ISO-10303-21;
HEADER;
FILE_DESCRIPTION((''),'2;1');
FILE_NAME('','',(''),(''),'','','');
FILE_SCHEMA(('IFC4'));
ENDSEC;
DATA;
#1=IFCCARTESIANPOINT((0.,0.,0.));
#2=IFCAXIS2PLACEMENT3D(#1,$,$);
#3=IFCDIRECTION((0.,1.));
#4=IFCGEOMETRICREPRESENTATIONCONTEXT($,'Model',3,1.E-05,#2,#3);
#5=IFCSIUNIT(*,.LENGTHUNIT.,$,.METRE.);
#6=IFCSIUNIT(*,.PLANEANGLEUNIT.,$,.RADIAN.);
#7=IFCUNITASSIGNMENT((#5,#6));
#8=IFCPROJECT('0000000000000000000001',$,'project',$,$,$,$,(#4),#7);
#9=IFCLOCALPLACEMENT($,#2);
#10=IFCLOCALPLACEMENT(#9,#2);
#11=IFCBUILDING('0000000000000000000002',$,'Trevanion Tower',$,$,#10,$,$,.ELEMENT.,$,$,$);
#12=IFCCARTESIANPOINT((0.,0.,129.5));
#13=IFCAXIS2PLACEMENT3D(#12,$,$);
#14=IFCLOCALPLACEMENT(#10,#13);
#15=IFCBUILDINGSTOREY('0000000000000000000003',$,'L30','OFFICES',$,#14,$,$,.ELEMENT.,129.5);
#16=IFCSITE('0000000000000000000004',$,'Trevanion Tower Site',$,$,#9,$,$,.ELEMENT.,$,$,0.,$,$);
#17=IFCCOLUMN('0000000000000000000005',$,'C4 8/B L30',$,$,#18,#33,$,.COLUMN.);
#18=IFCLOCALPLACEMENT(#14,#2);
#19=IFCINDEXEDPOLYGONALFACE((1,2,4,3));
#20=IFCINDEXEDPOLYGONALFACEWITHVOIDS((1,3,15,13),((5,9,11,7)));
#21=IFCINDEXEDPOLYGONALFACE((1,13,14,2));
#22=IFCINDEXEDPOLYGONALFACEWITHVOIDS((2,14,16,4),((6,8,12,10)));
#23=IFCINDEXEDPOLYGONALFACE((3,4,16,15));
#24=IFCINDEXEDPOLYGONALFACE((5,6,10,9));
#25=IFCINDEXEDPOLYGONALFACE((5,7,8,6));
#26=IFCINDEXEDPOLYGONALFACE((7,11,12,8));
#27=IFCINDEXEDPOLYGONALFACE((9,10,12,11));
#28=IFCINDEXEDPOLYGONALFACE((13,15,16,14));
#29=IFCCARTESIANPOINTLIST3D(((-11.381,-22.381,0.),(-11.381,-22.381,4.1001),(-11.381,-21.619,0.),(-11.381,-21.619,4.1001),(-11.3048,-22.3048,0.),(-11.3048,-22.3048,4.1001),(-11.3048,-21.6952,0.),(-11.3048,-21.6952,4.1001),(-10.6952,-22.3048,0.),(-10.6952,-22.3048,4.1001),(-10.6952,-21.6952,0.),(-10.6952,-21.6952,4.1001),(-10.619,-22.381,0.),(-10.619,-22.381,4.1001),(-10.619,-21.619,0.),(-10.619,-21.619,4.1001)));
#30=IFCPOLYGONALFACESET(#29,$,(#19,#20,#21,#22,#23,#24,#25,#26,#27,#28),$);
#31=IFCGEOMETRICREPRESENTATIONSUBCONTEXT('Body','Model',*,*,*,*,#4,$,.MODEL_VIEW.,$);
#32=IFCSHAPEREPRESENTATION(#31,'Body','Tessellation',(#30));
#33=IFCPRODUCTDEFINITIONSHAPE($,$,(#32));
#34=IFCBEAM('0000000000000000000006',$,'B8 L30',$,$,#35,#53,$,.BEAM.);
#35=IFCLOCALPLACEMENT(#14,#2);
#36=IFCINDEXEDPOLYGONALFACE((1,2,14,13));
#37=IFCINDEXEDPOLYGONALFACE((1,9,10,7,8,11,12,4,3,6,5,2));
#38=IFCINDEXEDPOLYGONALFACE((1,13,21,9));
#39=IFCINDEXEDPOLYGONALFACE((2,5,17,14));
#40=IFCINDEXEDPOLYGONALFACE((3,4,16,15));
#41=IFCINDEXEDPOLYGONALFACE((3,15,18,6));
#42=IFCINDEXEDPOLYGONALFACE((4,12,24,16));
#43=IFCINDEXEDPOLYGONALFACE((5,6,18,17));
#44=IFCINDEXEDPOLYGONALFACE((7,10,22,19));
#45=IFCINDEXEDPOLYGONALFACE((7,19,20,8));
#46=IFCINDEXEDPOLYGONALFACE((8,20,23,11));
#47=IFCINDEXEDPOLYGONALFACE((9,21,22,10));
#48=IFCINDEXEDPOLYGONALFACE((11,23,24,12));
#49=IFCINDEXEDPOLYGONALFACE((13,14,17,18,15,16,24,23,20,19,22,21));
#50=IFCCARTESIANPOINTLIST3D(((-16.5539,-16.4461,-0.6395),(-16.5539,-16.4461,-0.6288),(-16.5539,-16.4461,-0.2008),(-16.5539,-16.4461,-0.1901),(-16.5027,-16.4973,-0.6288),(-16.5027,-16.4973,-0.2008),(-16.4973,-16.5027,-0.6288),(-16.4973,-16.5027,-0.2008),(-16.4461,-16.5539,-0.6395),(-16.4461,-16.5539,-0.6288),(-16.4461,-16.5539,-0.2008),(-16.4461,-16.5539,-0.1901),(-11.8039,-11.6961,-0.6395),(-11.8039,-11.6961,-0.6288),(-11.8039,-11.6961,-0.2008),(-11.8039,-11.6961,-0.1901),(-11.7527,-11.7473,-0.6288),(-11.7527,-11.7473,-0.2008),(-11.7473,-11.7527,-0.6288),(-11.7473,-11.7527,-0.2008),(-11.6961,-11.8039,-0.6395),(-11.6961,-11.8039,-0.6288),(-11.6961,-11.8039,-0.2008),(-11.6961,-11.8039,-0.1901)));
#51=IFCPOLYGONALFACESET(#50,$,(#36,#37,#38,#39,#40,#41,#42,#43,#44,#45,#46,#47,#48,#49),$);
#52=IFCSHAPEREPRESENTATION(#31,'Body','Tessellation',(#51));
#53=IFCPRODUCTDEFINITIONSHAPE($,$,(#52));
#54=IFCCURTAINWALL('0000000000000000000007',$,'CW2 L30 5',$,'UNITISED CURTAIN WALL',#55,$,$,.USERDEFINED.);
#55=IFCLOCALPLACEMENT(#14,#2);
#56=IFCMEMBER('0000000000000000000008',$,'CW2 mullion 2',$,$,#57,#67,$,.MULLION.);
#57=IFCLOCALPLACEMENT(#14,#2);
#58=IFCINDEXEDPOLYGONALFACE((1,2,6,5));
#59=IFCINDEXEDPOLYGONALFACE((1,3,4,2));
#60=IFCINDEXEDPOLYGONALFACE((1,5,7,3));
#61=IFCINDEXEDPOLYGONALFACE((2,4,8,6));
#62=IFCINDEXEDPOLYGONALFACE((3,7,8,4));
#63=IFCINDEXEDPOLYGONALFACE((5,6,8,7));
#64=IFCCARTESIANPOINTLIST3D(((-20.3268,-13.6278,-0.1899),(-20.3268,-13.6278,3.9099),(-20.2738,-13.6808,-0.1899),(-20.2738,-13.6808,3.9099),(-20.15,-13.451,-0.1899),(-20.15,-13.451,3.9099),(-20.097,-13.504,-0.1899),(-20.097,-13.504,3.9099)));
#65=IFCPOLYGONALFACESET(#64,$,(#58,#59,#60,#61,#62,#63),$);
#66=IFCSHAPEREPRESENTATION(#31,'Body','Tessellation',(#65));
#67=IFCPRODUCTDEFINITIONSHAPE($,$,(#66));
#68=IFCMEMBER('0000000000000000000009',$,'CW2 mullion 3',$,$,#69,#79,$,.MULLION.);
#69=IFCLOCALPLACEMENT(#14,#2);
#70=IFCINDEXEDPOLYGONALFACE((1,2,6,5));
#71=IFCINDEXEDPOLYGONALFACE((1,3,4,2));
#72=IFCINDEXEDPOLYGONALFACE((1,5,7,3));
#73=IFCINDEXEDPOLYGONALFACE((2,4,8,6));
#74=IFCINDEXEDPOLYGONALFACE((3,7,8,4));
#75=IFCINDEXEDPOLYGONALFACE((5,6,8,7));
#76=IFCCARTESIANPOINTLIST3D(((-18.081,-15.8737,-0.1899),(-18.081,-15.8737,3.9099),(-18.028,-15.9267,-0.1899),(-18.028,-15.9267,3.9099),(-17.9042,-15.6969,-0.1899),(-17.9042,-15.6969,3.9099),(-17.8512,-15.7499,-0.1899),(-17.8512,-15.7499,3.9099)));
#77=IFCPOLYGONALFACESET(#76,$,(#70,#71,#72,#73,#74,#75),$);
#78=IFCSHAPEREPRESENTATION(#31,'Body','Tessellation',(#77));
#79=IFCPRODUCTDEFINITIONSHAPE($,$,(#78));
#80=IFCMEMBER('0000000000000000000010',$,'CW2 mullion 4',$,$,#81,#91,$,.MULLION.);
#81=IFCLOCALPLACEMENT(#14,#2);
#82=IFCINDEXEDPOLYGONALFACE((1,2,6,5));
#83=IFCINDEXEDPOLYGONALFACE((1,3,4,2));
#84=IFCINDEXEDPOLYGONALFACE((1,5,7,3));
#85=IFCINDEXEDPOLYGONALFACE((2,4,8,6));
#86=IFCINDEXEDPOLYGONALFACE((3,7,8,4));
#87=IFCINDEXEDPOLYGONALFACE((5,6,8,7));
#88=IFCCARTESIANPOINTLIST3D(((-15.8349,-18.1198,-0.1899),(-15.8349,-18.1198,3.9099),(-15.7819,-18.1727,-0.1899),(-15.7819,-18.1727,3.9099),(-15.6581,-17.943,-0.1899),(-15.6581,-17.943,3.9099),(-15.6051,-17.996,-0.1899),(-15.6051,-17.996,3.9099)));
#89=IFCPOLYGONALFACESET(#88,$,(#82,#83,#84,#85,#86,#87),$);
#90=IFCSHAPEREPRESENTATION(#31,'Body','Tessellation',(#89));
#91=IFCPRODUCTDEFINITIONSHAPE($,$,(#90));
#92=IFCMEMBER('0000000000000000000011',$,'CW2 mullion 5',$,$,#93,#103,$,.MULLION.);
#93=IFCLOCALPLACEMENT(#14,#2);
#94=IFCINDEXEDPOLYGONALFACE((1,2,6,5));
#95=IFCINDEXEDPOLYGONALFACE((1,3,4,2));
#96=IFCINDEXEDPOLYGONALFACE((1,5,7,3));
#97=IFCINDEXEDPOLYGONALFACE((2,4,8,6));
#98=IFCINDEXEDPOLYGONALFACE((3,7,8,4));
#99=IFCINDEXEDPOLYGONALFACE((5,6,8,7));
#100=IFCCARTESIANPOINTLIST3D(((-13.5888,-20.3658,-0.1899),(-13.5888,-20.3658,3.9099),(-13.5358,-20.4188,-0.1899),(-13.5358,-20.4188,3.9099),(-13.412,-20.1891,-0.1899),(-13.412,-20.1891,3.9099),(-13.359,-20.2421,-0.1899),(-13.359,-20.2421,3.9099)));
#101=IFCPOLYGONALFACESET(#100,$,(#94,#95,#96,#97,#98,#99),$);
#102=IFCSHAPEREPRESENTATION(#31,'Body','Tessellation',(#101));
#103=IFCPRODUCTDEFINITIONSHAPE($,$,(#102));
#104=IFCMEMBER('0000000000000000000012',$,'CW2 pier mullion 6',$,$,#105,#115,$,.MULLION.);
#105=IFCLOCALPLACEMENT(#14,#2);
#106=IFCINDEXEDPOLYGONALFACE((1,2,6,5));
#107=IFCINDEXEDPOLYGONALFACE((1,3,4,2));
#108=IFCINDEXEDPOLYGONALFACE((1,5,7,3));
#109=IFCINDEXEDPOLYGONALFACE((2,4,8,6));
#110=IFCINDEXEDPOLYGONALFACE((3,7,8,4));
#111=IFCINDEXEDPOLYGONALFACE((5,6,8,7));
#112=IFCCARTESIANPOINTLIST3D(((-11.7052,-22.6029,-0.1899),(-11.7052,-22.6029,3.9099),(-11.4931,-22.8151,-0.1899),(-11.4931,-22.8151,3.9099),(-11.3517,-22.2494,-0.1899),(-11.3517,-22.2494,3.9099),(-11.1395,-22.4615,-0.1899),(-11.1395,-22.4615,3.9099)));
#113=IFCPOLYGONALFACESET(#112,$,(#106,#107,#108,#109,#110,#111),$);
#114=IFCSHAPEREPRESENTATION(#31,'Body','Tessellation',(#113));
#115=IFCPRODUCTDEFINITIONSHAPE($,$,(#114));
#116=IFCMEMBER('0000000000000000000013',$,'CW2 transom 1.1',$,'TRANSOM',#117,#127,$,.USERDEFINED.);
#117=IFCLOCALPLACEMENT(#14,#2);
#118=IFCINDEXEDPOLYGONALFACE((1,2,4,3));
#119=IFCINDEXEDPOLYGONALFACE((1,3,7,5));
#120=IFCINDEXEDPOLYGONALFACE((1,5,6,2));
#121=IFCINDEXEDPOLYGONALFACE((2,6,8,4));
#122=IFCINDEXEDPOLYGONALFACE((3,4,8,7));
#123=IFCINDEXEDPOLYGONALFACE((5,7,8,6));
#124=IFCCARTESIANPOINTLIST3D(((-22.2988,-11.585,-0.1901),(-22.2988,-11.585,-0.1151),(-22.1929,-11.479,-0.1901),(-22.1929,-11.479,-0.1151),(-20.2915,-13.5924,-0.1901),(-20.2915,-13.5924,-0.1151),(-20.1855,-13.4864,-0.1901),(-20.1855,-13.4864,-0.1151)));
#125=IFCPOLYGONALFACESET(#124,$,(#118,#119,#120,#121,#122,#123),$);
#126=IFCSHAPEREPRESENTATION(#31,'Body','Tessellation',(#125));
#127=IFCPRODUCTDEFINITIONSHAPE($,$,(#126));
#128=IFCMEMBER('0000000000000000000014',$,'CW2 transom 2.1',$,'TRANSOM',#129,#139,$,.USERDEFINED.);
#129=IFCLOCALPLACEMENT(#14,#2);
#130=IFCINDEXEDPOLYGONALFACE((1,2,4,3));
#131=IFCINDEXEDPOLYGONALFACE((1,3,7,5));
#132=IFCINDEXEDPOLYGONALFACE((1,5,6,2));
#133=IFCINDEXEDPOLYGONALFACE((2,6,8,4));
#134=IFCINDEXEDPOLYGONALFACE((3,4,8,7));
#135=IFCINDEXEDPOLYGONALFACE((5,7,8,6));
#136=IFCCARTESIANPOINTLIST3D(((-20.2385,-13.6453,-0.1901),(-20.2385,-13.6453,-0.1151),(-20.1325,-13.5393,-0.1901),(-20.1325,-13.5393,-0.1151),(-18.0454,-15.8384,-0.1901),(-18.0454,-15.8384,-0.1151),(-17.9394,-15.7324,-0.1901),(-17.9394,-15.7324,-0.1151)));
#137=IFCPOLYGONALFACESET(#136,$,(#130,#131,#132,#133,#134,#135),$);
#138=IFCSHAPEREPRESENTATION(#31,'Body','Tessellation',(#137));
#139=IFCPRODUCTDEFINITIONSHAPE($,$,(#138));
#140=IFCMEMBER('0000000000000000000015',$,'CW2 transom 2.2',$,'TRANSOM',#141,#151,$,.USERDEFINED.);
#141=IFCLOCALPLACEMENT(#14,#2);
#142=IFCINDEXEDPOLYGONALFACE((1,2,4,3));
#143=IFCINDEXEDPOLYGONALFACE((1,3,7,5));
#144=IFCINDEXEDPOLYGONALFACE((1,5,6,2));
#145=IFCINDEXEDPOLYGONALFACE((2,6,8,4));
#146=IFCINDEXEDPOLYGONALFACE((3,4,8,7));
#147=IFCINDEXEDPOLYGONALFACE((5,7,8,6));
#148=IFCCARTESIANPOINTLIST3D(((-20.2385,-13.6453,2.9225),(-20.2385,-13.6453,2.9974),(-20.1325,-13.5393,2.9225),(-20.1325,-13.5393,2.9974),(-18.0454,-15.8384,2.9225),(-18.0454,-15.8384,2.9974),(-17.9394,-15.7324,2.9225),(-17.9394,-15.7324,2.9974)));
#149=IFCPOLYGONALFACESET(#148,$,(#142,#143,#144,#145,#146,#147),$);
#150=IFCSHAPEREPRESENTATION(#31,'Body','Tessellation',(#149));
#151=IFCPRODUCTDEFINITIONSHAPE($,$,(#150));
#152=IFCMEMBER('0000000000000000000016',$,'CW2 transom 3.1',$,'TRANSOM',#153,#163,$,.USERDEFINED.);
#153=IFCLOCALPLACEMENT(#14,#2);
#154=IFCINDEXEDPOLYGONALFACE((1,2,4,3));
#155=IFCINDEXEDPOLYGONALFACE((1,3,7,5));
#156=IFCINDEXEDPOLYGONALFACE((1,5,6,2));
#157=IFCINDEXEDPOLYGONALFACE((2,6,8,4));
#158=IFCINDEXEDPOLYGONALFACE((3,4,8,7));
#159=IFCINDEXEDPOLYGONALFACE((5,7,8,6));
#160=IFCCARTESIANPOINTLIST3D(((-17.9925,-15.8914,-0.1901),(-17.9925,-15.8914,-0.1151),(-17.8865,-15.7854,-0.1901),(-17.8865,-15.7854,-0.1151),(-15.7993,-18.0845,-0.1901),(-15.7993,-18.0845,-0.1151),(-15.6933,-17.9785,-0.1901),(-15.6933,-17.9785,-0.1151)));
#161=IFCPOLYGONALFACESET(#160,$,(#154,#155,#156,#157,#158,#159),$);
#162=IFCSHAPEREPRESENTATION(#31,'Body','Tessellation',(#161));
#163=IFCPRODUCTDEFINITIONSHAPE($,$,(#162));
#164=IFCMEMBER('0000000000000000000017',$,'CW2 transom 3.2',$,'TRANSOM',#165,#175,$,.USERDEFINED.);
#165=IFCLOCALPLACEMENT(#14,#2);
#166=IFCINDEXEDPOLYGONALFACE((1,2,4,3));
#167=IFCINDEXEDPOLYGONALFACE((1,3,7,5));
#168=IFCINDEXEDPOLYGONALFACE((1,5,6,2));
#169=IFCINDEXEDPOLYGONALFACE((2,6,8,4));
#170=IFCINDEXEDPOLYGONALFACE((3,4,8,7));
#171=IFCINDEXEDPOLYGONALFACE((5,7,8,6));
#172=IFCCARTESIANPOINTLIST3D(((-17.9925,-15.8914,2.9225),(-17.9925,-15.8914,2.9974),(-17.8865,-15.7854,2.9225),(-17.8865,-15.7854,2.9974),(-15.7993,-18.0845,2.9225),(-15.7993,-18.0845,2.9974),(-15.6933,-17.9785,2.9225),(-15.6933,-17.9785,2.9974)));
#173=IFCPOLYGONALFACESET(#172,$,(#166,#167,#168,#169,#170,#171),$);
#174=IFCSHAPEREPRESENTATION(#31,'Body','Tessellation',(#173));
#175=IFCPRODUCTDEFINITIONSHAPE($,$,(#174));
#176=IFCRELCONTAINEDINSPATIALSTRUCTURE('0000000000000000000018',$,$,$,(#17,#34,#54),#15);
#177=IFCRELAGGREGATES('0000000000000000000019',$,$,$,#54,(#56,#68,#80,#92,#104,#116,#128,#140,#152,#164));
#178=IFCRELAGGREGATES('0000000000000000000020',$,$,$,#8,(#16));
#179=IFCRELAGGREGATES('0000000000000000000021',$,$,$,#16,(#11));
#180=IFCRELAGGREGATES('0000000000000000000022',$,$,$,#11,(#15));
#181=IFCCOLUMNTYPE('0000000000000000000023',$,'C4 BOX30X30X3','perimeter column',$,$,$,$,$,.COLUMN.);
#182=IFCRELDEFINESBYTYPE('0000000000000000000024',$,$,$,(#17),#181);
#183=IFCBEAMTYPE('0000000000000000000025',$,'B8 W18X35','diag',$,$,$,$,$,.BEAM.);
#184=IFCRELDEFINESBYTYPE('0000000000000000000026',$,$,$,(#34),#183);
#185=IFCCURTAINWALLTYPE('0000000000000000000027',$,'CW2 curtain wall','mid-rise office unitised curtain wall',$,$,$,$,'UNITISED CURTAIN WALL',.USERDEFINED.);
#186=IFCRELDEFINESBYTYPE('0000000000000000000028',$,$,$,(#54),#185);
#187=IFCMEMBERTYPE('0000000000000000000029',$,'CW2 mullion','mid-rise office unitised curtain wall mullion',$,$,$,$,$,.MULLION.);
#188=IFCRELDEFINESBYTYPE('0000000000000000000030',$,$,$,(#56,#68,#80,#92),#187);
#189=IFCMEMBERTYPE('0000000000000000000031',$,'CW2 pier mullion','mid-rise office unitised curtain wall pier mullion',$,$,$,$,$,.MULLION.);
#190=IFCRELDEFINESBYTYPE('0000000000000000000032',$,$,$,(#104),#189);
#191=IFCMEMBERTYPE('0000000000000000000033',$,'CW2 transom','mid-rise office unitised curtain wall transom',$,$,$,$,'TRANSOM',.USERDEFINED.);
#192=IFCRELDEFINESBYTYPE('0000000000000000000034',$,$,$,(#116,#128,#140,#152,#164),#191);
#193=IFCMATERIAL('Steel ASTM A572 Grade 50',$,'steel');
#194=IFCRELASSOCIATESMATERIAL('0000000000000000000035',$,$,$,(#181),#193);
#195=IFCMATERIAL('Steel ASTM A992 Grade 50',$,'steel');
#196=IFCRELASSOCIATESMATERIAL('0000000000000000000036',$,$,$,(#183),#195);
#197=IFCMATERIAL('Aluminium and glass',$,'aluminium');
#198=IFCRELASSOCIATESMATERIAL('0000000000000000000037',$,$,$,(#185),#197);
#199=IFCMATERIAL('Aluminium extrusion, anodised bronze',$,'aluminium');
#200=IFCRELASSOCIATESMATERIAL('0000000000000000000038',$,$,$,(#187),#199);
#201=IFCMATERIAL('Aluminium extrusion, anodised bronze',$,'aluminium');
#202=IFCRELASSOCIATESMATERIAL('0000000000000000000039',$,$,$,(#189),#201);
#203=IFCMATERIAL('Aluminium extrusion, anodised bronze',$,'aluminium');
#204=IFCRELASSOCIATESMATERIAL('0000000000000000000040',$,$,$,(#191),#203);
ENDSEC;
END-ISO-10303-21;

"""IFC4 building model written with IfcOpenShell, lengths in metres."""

from ifc_helpers import new_model, si_unit, direction, frame, origin, origin_2d, place, context, subcontext, project, spatial, rectangle, hollow_rectangle, i_section, extrude, material, material_profile, profile_set, type_object, element, aggregate, save


model = new_model("IFC4")

# Units and contexts
model_context = context("Model", 3, precision=1e-05, world=origin(), true_north=direction((0.0, 1.0)))
body_context = subcontext(model_context, "Body", "Model", "MODEL_VIEW")
ifc_project = project(units=[si_unit("LENGTHUNIT", "METRE"), si_unit("PLANEANGLEUNIT", "RADIAN")], contexts=[model_context])

# Site, building, storey
site_placement = place(None, origin())
site = spatial("IfcSite", under=ifc_project, at=site_placement, Name="Trevanion Tower Site", CompositionType="ELEMENT", RefElevation=0.0)
building_placement = place(site_placement, origin())
building = spatial("IfcBuilding", under=site, at=building_placement, Name="Trevanion Tower", CompositionType="ELEMENT")
storey_placement = place(building_placement, frame((0.0, 0.0, 129.5)))
storey = spatial("IfcBuildingStorey", under=building, at=storey_placement, Name="L30", Description="OFFICES", CompositionType="ELEMENT", Elevation=129.5)

# Column
ifc_material_1 = material(Name="Steel ASTM A572 Grade 50", Category="steel")
ifc_material_profile_1 = material_profile(ifc_material_1, hollow_rectangle(XDim=0.762, YDim=0.762, WallThickness=0.0762, at=origin_2d()), Name="BOX30X30X3")
ifc_profile_set_1 = profile_set([ifc_material_profile_1], Name="Steel ASTM A572 Grade 50")
column_type = type_object("IfcColumnType", Name="C4 BOX30X30X3", Description="perimeter column", PredefinedType="COLUMN", material=ifc_profile_set_1)
column_placement = place(storey_placement, frame((-11.0, -22.0, 0.0), z_axis=(0.0, 0.0, 1.0), x_axis=(1.0, 0.0, 0.0)))
element("IfcColumn", 1, at=column_placement, inside=storey, type_object=column_type, Name="C4 8/B L30", PredefinedType="COLUMN", context=body_context, shape_type="SweptSolid", body=[
    extrude(hollow_rectangle(XDim=0.762, YDim=0.762, WallThickness=0.0762, at=origin_2d()), origin(), (0.0, 0.0, 1.0), 4.1001),
])

# Beam
ifc_material_2 = material(Name="Steel ASTM A992 Grade 50", Category="steel")
ifc_material_profile_2 = material_profile(ifc_material_2, i_section(OverallWidth=0.1523, OverallDepth=0.4495, WebThickness=0.0076, FlangeThickness=0.0107, at=origin_2d()), Name="W18X35")
ifc_profile_set_2 = profile_set([ifc_material_profile_2], Name="Steel ASTM A992 Grade 50")
beam_type_1 = type_object("IfcBeamType", Name="B8 W18X35", Description="diag", PredefinedType="BEAM", material=ifc_profile_set_2)
beam_1_placement = place(storey_placement, frame((-11.75, -11.75, -0.4148), z_axis=(-0.707107, -0.707107, 0.0), x_axis=(0.707107, -0.707107, 0.0)))
element("IfcBeam", 2, at=beam_1_placement, inside=storey, type_object=beam_type_1, Name="B8 L30", PredefinedType="BEAM", context=body_context, shape_type="SweptSolid", body=[
    extrude(i_section(OverallWidth=0.1523, OverallDepth=0.4495, WebThickness=0.0076, FlangeThickness=0.0107, at=origin_2d()), origin(), (0.0, 0.0, 1.0), 6.7175),
])

# Curtain wall, members
ifc_material_3 = material(Name="Aluminium and glass", Category="aluminium")
curtain_wall_type = type_object("IfcCurtainWallType", Name="CW2 curtain wall", Description="mid-rise office unitised curtain wall", ElementType="UNITISED CURTAIN WALL", PredefinedType="USERDEFINED", material=ifc_material_3)
curtain_wall_placement = place(storey_placement, origin())
curtain_wall = element("IfcCurtainWall", 3, at=curtain_wall_placement, inside=storey, type_object=curtain_wall_type, Name="CW2 L30 5", ObjectType="UNITISED CURTAIN WALL", PredefinedType="USERDEFINED")
ifc_material_4 = material(Name="Aluminium extrusion, anodised bronze", Category="aluminium")
ifc_material_profile_3 = material_profile(ifc_material_4, rectangle(XDim=0.075, YDim=0.25, at=origin_2d()), Name="CW2 mullion")
ifc_profile_set_3 = profile_set([ifc_material_profile_3], Name="Aluminium extrusion, anodised bronze")
member_type_1 = type_object("IfcMemberType", Name="CW2 mullion", Description="mid-rise office unitised curtain wall mullion", PredefinedType="MULLION", material=ifc_profile_set_3)
member_1_placement = place(storey_placement, frame((-20.2119, -13.5659, -0.1899), z_axis=(0.0, 0.0, 1.0), x_axis=(0.707107, -0.707107, 0.0)))
member_1 = element("IfcMember", 4, at=member_1_placement, type_object=member_type_1, Name="CW2 mullion 2", PredefinedType="MULLION", context=body_context, shape_type="SweptSolid", body=[
    extrude(rectangle(XDim=0.075, YDim=0.25, at=origin_2d()), origin(), (0.0, 0.0, 1.0), 4.0999),
])
member_2_placement = place(storey_placement, frame((-17.9661, -15.8118, -0.1899), z_axis=(0.0, 0.0, 1.0), x_axis=(0.707107, -0.707107, 0.0)))
member_2 = element("IfcMember", 5, at=member_2_placement, type_object=member_type_1, Name="CW2 mullion 3", PredefinedType="MULLION", context=body_context, shape_type="SweptSolid", body=[
    extrude(rectangle(XDim=0.075, YDim=0.25, at=origin_2d()), origin(), (0.0, 0.0, 1.0), 4.0999),
])
member_3_placement = place(storey_placement, frame((-15.72, -18.0579, -0.1899), z_axis=(0.0, 0.0, 1.0), x_axis=(0.707107, -0.707107, 0.0)))
member_3 = element("IfcMember", 6, at=member_3_placement, type_object=member_type_1, Name="CW2 mullion 4", PredefinedType="MULLION", context=body_context, shape_type="SweptSolid", body=[
    extrude(rectangle(XDim=0.075, YDim=0.25, at=origin_2d()), origin(), (0.0, 0.0, 1.0), 4.0999),
])
member_4_placement = place(storey_placement, frame((-13.4739, -20.304, -0.1899), z_axis=(0.0, 0.0, 1.0), x_axis=(0.707107, -0.707107, 0.0)))
member_4 = element("IfcMember", 7, at=member_4_placement, type_object=member_type_1, Name="CW2 mullion 5", PredefinedType="MULLION", context=body_context, shape_type="SweptSolid", body=[
    extrude(rectangle(XDim=0.075, YDim=0.25, at=origin_2d()), origin(), (0.0, 0.0, 1.0), 4.0999),
])
ifc_material_5 = material(Name="Aluminium extrusion, anodised bronze", Category="aluminium")
ifc_material_profile_4 = material_profile(ifc_material_5, rectangle(XDim=0.3, YDim=0.5, at=origin_2d()), Name="CW2 pier mullion")
ifc_profile_set_4 = profile_set([ifc_material_profile_4], Name="Aluminium extrusion, anodised bronze")
member_type_2 = type_object("IfcMemberType", Name="CW2 pier mullion", Description="mid-rise office unitised curtain wall pier mullion", PredefinedType="MULLION", material=ifc_profile_set_4)
member_5_placement = place(storey_placement, frame((-11.4224, -22.5322, -0.1899), z_axis=(0.0, 0.0, 1.0), x_axis=(0.707107, -0.707107, 0.0)))
member_5 = element("IfcMember", 8, at=member_5_placement, type_object=member_type_2, Name="CW2 pier mullion 6", PredefinedType="MULLION", context=body_context, shape_type="SweptSolid", body=[
    extrude(rectangle(XDim=0.3, YDim=0.5, at=origin_2d()), origin(), (0.0, 0.0, 1.0), 4.0999),
])
ifc_material_6 = material(Name="Aluminium extrusion, anodised bronze", Category="aluminium")
ifc_material_profile_5 = material_profile(ifc_material_6, rectangle(XDim=0.1499, YDim=0.075, at=origin_2d()), Name="CW2 transom")
ifc_profile_set_5 = profile_set([ifc_material_profile_5], Name="Aluminium extrusion, anodised bronze")
member_type_3 = type_object("IfcMemberType", Name="CW2 transom", Description="mid-rise office unitised curtain wall transom", ElementType="TRANSOM", PredefinedType="USERDEFINED", material=ifc_profile_set_5)
member_6_placement = place(storey_placement, frame((-22.2458, -11.532, -0.1526), z_axis=(0.707107, -0.707107, 0.0), x_axis=(0.707107, 0.707107, 0.0)))
member_6 = element("IfcMember", 9, at=member_6_placement, type_object=member_type_3, Name="CW2 transom 1.1", ObjectType="TRANSOM", PredefinedType="USERDEFINED", context=body_context, shape_type="SweptSolid", body=[
    extrude(rectangle(XDim=0.1499, YDim=0.075, at=origin_2d()), origin(), (0.0, 0.0, 1.0), 2.8389),
])
member_7_placement = place(storey_placement, frame((-20.1855, -13.5923, -0.1526), z_axis=(0.707107, -0.707107, 0.0), x_axis=(0.707107, 0.707107, 0.0)))
member_7 = element("IfcMember", 10, at=member_7_placement, type_object=member_type_3, Name="CW2 transom 2.1", ObjectType="TRANSOM", PredefinedType="USERDEFINED", context=body_context, shape_type="SweptSolid", body=[
    extrude(rectangle(XDim=0.1499, YDim=0.075, at=origin_2d()), origin(), (0.0, 0.0, 1.0), 3.1016),
])
member_8_placement = place(storey_placement, frame((-20.1855, -13.5923, 2.96), z_axis=(0.707107, -0.707107, 0.0), x_axis=(0.707107, 0.707107, 0.0)))
member_8 = element("IfcMember", 11, at=member_8_placement, type_object=member_type_3, Name="CW2 transom 2.2", ObjectType="TRANSOM", PredefinedType="USERDEFINED", context=body_context, shape_type="SweptSolid", body=[
    extrude(rectangle(XDim=0.1499, YDim=0.075, at=origin_2d()), origin(), (0.0, 0.0, 1.0), 3.1016),
])
member_9_placement = place(storey_placement, frame((-17.9395, -15.8384, -0.1526), z_axis=(0.707107, -0.707107, 0.0), x_axis=(0.707107, 0.707107, 0.0)))
member_9 = element("IfcMember", 12, at=member_9_placement, type_object=member_type_3, Name="CW2 transom 3.1", ObjectType="TRANSOM", PredefinedType="USERDEFINED", context=body_context, shape_type="SweptSolid", body=[
    extrude(rectangle(XDim=0.1499, YDim=0.075, at=origin_2d()), origin(), (0.0, 0.0, 1.0), 3.1016),
])
member_10_placement = place(storey_placement, frame((-17.9395, -15.8384, 2.96), z_axis=(0.707107, -0.707107, 0.0), x_axis=(0.707107, 0.707107, 0.0)))
member_10 = element("IfcMember", 13, at=member_10_placement, type_object=member_type_3, Name="CW2 transom 3.2", ObjectType="TRANSOM", PredefinedType="USERDEFINED", context=body_context, shape_type="SweptSolid", body=[
    extrude(rectangle(XDim=0.1499, YDim=0.075, at=origin_2d()), origin(), (0.0, 0.0, 1.0), 3.1016),
])

aggregate(curtain_wall, [member_1, member_2, member_3, member_4, member_5, member_6, member_7, member_8, member_9, member_10])

save(model, "model.ifc")
